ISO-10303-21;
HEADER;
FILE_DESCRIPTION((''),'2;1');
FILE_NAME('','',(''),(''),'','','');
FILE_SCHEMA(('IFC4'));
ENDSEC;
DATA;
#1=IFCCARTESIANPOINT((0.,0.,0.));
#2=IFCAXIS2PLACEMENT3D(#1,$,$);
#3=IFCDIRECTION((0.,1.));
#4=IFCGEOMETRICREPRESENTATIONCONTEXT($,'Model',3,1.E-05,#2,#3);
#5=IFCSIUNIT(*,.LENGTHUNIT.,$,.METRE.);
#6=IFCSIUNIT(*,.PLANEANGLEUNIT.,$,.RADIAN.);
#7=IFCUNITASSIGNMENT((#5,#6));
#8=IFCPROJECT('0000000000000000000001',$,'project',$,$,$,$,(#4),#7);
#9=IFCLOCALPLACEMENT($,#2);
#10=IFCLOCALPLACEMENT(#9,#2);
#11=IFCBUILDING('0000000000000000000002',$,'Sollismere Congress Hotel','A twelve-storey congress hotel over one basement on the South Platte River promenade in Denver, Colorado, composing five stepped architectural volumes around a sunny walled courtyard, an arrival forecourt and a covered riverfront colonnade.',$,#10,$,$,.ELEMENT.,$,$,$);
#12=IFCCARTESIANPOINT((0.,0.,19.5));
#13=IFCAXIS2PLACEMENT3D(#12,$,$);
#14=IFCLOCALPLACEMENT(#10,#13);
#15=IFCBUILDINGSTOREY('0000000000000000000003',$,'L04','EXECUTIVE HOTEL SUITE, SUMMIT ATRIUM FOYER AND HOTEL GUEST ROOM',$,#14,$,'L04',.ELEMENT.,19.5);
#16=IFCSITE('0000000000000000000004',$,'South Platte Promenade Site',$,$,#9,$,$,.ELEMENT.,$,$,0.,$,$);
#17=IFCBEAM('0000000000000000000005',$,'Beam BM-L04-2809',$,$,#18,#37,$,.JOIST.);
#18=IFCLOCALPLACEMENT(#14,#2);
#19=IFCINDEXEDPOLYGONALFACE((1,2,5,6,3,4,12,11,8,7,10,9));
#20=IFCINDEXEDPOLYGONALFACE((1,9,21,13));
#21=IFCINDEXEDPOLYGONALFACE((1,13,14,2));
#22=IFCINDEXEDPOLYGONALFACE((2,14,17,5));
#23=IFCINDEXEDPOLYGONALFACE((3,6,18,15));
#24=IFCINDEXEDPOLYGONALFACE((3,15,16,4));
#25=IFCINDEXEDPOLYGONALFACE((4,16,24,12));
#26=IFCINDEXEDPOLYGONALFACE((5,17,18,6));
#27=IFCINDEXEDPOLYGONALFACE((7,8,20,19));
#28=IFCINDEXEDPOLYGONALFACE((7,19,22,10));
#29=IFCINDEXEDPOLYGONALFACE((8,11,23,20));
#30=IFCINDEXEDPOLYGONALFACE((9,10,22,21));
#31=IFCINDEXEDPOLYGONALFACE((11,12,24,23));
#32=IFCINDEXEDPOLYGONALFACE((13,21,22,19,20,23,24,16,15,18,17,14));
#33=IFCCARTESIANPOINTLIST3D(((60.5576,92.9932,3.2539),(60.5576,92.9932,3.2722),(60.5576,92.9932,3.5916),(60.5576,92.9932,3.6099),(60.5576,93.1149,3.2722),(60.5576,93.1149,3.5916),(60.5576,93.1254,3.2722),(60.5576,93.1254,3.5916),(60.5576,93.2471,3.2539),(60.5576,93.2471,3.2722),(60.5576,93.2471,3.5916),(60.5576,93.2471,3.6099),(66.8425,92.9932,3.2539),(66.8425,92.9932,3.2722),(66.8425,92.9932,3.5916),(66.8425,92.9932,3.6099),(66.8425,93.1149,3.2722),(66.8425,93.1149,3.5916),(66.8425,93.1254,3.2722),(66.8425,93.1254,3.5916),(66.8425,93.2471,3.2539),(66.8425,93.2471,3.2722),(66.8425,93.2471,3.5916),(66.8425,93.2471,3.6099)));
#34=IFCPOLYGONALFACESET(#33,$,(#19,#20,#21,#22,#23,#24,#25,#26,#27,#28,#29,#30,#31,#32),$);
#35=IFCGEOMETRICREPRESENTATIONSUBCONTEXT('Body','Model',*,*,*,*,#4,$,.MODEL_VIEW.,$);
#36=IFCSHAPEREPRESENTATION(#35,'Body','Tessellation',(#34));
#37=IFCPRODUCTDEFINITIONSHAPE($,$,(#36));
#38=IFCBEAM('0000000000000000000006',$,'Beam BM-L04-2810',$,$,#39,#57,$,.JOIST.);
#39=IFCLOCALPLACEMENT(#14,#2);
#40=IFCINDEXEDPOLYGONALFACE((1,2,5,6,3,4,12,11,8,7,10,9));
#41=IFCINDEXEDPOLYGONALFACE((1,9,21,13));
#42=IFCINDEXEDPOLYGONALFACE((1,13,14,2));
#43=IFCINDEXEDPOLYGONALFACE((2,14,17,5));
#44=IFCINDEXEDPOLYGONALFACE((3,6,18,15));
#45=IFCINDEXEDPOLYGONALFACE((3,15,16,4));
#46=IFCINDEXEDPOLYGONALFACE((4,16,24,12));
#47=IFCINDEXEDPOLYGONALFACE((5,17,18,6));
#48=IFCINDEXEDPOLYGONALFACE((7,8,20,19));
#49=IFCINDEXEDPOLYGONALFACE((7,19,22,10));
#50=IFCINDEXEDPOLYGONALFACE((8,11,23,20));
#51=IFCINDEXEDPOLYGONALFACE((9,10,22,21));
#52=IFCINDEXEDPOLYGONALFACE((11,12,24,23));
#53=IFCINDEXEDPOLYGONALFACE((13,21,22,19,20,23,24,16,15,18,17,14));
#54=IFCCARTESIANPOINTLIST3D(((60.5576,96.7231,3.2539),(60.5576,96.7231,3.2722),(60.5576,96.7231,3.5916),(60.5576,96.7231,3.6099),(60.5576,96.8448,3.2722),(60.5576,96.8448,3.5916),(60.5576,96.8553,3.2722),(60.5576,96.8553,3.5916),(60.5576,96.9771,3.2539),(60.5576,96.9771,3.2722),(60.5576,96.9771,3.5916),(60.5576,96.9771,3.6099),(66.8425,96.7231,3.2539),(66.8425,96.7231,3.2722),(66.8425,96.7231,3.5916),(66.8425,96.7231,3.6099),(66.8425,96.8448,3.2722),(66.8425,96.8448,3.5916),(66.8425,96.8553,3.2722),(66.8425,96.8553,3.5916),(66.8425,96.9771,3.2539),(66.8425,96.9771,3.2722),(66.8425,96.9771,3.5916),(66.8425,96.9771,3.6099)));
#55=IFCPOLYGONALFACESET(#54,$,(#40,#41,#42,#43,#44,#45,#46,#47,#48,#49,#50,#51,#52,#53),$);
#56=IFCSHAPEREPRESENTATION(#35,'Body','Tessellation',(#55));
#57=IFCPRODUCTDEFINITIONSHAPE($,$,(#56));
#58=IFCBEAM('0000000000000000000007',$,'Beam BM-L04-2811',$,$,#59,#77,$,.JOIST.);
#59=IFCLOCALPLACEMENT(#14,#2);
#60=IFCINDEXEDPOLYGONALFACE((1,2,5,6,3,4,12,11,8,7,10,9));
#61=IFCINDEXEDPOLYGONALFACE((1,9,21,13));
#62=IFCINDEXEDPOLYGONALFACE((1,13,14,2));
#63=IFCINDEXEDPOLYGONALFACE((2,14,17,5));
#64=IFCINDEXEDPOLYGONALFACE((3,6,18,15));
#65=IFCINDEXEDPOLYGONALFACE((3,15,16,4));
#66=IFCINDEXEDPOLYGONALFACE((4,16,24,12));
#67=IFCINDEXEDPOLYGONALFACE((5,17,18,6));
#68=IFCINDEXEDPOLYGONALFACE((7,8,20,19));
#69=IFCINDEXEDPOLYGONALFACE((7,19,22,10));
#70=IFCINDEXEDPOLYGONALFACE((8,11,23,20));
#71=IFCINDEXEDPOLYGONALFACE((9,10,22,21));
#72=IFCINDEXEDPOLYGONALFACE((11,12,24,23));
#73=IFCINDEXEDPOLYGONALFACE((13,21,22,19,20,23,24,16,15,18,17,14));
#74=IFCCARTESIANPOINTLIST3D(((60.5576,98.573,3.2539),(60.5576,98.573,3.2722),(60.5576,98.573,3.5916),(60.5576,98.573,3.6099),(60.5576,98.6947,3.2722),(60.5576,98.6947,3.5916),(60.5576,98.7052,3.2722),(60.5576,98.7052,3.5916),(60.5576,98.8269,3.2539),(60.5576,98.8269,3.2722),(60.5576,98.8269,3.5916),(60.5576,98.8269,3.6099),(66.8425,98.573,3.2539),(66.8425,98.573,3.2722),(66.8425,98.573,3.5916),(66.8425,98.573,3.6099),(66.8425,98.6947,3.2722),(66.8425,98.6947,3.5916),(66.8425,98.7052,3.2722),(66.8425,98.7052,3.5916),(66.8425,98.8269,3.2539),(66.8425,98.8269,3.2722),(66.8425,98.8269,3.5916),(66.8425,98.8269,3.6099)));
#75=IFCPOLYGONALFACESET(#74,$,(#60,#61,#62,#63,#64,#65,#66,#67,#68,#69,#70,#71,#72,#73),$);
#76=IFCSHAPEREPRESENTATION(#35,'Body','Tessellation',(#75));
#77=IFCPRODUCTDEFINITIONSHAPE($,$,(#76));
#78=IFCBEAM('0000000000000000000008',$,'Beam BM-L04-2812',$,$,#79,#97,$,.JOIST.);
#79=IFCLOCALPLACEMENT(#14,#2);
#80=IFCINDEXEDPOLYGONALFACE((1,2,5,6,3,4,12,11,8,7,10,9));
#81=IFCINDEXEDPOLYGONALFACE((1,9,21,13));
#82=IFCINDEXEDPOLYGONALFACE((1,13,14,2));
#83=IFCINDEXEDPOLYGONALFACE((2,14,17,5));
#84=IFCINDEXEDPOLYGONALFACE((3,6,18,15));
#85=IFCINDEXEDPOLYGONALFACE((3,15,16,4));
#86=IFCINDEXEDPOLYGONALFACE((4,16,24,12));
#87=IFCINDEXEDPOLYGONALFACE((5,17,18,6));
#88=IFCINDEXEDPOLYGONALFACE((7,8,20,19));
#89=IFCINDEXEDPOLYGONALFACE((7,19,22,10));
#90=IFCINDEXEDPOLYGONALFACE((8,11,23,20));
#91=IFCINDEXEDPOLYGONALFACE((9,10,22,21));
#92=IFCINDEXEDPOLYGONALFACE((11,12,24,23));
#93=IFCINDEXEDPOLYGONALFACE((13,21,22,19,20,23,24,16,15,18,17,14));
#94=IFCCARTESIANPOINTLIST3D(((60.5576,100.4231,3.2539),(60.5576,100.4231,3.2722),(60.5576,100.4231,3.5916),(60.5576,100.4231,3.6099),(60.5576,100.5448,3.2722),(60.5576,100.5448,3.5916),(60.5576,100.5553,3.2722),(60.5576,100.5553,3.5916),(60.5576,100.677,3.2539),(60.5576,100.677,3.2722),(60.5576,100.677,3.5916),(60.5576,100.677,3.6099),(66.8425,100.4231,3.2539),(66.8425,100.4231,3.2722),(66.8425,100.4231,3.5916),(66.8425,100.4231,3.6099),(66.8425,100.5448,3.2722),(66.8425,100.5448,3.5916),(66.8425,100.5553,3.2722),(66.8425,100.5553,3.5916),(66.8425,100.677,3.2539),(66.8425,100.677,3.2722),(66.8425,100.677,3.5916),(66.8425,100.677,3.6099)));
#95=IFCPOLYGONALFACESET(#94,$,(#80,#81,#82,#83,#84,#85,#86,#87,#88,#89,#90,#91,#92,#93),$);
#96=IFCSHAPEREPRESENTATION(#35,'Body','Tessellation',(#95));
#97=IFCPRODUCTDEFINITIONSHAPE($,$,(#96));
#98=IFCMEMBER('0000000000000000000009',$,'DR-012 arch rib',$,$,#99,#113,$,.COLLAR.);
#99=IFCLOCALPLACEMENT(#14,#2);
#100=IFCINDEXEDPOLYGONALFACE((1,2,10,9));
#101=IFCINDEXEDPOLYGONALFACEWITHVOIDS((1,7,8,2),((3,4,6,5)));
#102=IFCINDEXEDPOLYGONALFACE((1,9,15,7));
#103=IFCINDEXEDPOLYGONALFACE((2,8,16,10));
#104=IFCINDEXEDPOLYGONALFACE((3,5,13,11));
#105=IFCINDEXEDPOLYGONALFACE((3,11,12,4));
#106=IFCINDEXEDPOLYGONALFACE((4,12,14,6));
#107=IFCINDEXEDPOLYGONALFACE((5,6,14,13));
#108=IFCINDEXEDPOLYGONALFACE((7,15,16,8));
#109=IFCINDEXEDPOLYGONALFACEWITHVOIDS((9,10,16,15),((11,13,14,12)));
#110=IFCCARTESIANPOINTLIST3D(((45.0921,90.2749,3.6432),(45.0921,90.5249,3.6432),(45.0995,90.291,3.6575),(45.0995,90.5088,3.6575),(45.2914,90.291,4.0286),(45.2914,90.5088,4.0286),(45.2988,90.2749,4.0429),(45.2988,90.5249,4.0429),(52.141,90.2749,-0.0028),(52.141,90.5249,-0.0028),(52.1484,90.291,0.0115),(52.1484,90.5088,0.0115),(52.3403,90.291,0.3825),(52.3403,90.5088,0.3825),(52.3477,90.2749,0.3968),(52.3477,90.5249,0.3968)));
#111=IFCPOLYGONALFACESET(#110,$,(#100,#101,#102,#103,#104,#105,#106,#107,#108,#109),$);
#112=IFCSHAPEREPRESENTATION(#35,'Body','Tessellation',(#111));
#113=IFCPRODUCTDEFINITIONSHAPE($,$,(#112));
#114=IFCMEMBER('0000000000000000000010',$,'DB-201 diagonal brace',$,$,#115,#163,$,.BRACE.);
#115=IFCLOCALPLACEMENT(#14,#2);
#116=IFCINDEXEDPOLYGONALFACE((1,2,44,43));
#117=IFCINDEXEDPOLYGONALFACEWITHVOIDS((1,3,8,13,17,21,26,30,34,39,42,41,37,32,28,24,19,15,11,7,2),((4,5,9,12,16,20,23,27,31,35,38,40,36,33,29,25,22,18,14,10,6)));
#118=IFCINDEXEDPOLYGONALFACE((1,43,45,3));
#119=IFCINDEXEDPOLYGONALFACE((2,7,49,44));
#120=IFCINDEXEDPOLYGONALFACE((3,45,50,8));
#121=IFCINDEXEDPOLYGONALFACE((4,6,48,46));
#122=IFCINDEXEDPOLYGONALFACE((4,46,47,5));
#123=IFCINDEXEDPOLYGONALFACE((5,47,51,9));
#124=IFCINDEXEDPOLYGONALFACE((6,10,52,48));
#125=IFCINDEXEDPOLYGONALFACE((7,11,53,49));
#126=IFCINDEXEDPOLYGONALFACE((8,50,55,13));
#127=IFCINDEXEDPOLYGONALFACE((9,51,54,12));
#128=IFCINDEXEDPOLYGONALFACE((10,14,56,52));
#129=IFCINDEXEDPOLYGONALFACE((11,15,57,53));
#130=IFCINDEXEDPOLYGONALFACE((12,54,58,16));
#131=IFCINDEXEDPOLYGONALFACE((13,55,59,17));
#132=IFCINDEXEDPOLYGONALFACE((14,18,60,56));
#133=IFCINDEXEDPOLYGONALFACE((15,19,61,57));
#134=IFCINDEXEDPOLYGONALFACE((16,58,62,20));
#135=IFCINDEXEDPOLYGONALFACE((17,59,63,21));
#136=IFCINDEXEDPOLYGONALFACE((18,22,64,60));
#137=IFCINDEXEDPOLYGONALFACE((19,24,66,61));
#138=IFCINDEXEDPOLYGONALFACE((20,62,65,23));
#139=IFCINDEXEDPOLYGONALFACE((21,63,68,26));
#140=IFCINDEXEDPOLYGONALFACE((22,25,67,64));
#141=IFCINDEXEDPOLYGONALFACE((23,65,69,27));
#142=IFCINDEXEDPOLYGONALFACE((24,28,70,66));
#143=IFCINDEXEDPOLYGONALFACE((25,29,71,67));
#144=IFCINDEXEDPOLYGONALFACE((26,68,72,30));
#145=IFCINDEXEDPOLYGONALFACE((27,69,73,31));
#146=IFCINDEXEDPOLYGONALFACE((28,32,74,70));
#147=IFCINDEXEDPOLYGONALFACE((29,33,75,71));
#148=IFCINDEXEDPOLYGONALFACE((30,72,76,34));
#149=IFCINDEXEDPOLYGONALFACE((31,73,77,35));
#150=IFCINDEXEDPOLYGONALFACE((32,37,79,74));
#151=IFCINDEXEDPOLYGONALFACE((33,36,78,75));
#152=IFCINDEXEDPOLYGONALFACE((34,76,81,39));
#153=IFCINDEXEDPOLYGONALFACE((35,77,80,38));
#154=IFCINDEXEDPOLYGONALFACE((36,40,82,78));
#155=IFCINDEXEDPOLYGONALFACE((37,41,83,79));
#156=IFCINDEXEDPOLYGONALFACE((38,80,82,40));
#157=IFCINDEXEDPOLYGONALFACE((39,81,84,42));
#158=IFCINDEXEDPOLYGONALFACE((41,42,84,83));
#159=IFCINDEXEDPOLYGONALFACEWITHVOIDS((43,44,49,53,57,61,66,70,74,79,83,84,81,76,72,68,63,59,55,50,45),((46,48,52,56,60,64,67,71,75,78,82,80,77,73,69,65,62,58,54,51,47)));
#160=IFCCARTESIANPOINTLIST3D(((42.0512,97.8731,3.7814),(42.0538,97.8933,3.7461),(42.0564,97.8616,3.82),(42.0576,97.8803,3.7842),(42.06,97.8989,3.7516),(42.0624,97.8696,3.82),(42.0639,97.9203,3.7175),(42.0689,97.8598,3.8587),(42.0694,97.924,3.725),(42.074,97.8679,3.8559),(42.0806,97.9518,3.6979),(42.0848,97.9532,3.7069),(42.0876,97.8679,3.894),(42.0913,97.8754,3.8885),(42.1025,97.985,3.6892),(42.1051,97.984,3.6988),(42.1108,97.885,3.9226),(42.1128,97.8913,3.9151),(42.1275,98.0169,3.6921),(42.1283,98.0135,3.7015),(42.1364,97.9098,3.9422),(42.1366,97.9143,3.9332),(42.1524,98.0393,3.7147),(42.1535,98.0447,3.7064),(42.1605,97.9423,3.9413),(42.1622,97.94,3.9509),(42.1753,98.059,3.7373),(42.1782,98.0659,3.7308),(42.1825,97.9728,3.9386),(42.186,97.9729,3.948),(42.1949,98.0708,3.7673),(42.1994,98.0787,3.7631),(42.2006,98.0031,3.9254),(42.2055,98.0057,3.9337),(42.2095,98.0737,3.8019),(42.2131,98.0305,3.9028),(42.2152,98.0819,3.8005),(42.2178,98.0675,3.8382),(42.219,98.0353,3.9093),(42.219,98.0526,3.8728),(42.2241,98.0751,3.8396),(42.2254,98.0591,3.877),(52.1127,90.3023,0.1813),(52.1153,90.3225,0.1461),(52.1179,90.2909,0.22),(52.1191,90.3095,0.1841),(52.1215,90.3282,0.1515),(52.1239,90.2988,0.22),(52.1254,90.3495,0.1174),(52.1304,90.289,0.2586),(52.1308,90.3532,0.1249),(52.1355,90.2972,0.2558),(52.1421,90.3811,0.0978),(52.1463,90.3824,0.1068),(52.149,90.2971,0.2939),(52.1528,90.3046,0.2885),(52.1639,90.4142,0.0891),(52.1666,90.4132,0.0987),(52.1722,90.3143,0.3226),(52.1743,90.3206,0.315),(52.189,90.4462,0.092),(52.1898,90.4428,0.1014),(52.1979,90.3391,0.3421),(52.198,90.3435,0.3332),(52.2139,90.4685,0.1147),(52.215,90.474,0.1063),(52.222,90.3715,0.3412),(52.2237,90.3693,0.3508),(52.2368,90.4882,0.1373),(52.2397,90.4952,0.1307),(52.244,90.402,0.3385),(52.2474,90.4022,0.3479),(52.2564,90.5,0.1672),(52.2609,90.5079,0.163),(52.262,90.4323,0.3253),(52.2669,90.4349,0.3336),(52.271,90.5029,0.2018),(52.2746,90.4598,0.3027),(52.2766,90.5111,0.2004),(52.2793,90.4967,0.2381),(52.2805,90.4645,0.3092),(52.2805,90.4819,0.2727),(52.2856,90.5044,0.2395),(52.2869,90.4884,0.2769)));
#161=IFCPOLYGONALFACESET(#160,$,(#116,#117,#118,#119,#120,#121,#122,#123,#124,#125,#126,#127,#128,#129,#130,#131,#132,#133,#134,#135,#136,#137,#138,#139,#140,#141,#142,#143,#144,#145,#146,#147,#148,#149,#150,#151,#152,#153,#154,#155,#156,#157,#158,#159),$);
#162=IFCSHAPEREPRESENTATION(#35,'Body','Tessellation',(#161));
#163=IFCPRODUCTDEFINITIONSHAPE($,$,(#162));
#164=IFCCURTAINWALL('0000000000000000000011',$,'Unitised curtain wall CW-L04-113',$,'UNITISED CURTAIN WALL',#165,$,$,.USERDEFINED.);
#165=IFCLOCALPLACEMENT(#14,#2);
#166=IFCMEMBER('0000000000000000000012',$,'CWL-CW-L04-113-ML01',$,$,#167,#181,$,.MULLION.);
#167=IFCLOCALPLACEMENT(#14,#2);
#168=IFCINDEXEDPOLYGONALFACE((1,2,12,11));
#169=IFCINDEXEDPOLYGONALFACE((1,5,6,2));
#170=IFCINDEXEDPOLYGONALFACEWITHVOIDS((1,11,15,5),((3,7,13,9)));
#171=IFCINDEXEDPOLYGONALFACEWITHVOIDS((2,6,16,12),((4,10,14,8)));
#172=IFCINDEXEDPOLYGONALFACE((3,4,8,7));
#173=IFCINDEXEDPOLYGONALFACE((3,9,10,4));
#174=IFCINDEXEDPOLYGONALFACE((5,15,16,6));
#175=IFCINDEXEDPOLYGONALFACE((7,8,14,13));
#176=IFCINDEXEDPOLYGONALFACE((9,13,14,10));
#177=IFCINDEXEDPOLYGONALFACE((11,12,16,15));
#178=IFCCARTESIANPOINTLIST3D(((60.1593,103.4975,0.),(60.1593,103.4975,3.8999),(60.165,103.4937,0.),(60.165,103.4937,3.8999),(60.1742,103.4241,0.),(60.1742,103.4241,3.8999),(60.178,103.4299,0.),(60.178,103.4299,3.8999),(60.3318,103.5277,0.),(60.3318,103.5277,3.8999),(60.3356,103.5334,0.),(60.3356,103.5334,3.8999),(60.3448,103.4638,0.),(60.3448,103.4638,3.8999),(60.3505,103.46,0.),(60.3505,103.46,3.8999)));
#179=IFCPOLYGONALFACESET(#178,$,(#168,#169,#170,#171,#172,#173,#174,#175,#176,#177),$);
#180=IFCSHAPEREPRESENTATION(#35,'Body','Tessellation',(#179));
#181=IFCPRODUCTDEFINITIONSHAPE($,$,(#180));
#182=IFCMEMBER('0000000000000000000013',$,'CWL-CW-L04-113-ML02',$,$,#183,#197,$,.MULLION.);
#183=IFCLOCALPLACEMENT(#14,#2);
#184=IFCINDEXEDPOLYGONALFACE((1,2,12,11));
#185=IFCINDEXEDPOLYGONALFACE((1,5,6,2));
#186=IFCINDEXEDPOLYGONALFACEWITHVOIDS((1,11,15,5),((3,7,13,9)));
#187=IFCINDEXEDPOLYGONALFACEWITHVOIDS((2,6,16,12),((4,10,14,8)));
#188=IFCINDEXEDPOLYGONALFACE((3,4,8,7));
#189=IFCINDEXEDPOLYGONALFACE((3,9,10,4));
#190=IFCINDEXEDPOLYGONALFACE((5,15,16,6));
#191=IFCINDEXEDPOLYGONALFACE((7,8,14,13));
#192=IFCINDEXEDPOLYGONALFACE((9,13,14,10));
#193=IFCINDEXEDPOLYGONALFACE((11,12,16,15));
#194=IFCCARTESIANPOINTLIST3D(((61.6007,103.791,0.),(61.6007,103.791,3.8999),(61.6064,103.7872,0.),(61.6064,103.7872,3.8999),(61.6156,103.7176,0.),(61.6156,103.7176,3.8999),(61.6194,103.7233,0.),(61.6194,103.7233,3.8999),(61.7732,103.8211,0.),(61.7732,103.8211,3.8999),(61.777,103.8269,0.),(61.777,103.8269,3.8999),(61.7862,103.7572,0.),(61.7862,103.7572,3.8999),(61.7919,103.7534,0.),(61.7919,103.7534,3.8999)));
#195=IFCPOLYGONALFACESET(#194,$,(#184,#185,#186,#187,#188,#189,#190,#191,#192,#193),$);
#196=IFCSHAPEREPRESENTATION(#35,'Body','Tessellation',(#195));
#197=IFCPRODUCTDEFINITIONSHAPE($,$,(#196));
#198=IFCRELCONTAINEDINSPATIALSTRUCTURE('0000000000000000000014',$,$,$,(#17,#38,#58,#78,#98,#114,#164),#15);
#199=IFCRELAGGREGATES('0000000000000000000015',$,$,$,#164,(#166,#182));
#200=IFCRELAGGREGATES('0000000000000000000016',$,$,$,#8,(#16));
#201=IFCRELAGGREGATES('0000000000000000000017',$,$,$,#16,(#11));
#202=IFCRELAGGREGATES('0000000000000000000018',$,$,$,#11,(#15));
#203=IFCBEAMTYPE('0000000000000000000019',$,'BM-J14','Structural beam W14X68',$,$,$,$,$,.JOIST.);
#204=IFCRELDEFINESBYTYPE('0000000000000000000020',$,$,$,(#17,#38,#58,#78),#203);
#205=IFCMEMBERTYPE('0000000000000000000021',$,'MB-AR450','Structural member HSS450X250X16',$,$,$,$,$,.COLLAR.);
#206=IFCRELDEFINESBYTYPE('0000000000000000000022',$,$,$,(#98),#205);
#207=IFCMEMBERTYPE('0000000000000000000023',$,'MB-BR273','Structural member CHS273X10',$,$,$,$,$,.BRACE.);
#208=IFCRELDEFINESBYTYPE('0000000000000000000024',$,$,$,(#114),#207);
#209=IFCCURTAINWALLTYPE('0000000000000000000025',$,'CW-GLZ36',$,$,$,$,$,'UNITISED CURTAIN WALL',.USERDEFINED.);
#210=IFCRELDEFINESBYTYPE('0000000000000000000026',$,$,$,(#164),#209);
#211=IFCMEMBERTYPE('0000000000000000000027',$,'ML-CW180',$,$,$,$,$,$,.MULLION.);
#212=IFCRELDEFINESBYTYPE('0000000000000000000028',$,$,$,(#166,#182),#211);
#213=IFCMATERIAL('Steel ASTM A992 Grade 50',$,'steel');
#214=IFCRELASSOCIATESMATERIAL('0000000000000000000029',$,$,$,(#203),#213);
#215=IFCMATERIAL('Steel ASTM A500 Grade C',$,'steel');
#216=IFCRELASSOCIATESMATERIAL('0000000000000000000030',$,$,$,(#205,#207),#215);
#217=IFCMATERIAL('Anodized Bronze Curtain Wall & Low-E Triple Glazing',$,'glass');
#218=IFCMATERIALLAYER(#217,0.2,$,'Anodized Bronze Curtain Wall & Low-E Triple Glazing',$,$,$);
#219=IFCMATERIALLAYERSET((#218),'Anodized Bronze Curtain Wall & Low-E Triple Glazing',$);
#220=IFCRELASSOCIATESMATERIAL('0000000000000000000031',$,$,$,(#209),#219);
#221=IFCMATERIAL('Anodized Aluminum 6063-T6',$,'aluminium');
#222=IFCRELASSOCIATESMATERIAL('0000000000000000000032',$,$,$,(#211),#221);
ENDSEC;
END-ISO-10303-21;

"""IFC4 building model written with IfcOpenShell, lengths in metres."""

from ifc_helpers import new_model, si_unit, direction, frame, origin, origin_2d, place, context, subcontext, project, spatial, hollow_rectangle, hollow_circle, i_section, extrude, material, layer, layer_set, material_profile, profile_set, type_object, element, aggregate, save


model = new_model("IFC4")

# Units and contexts
model_context = context("Model", 3, precision=1e-05, world=origin(), true_north=direction((0.0, 1.0)))
body_context = subcontext(model_context, "Body", "Model", "MODEL_VIEW")
ifc_project = project(units=[si_unit("LENGTHUNIT", "METRE"), si_unit("PLANEANGLEUNIT", "RADIAN")], contexts=[model_context])

# Site, building, storey
site_placement = place(None, origin())
site = spatial("IfcSite", under=ifc_project, at=site_placement, Name="South Platte Promenade Site", CompositionType="ELEMENT", RefElevation=0.0)
building_placement = place(site_placement, origin())
building = spatial("IfcBuilding", under=site, at=building_placement, Name="Sollismere Congress Hotel", Description="A twelve-storey congress hotel over one basement on the South Platte River promenade in Denver, Colorado, composing five stepped architectural volumes around a sunny walled courtyard, an arrival forecourt and a covered riverfront colonnade.", CompositionType="ELEMENT")
storey_placement = place(building_placement, frame((0.0, 0.0, 19.5)))
storey = spatial("IfcBuildingStorey", under=building, at=storey_placement, Name="L04", Description="EXECUTIVE HOTEL SUITE, SUMMIT ATRIUM FOYER AND HOTEL GUEST ROOM", LongName="L04", CompositionType="ELEMENT", Elevation=19.5)

# Shared definitions
ifc_material_1 = material(Name="Steel ASTM A992 Grade 50", Category="steel")

# Beams
ifc_material_profile_1 = material_profile(ifc_material_1, i_section(OverallWidth=0.2539, OverallDepth=0.356, WebThickness=0.0105, FlangeThickness=0.0183, at=origin_2d()), Name="W14X68")
ifc_profile_set_1 = profile_set([ifc_material_profile_1], Name="Steel ASTM A992 Grade 50")
beam_type_1 = type_object("IfcBeamType", Name="BM-J14", Description="Structural beam W14X68", PredefinedType="JOIST", material=ifc_profile_set_1)
for number, where, z_axis, x_axis, name in (
    (1, (60.5576, 93.1201, 3.4319), (1.0, 0.0, 0.0), (0.0, 1.0, 0.0), "Beam BM-L04-2809"),
    (2, (60.5576, 96.8501, 3.4319), (1.0, 0.0, 0.0), (0.0, 1.0, 0.0), "Beam BM-L04-2810"),
    (3, (60.5576, 98.7, 3.4319), (1.0, 0.0, 0.0), (0.0, 1.0, 0.0), "Beam BM-L04-2811"),
    (4, (60.5576, 100.55, 3.4319), (1.0, 0.0, 0.0), (0.0, 1.0, 0.0), "Beam BM-L04-2812"),
):
    element("IfcBeam", number, at=place(storey_placement, frame(where, z_axis=z_axis, x_axis=x_axis)), inside=storey, type_object=beam_type_1, Name=name, PredefinedType="JOIST", context=body_context, shape_type="SweptSolid", body=[
        extrude(i_section(OverallWidth=0.2539, OverallDepth=0.356, WebThickness=0.0105, FlangeThickness=0.0183, at=origin_2d()), origin(), (0.0, 0.0, 1.0), 6.2849),
    ])

# Members
ifc_material_2 = material(Name="Steel ASTM A500 Grade C", Category="steel")
ifc_material_profile_2 = material_profile(ifc_material_2, hollow_rectangle(XDim=0.25, YDim=0.45, WallThickness=0.0161, at=origin_2d()), Name="HSS450X250X16")
ifc_profile_set_2 = profile_set([ifc_material_profile_2], Name="Steel ASTM A500 Grade C")
member_type_1 = type_object("IfcMemberType", Name="MB-AR450", Description="Structural member HSS450X250X16", PredefinedType="COLLAR", material=ifc_profile_set_2)
member_1_placement = place(storey_placement, frame((52.2444, 90.3999, 0.197), z_axis=(-0.888215, 0.0, 0.459428), x_axis=(0.0, -1.0, 0.0)))
element("IfcMember", 5, at=member_1_placement, inside=storey, type_object=member_type_1, Name="DR-012 arch rib", PredefinedType="COLLAR", context=body_context, shape_type="SweptSolid", body=[
    extrude(hollow_rectangle(XDim=0.25, YDim=0.45, WallThickness=0.0161, at=origin_2d()), origin(), (0.0, 0.0, 1.0), 7.936),
])
ifc_material_profile_3 = material_profile(ifc_material_2, hollow_circle(Radius=0.1365, WallThickness=0.01, at=origin_2d()), Name="CHS273X10")
ifc_profile_set_3 = profile_set([ifc_material_profile_3], Name="Steel ASTM A500 Grade C")
member_type_2 = type_object("IfcMemberType", Name="MB-BR273", Description="Structural member CHS273X10", PredefinedType="BRACE", material=ifc_profile_set_3)
member_2_placement = place(storey_placement, frame((52.2, 90.3999, 0.22), z_axis=(-0.768275, 0.578089, 0.274895), x_axis=(-0.601253, -0.799059, 0.0)))
element("IfcMember", 6, at=member_2_placement, inside=storey, type_object=member_type_2, Name="DB-201 diagonal brace", PredefinedType="BRACE", context=body_context, shape_type="SweptSolid", body=[
    extrude(hollow_circle(Radius=0.1365, WallThickness=0.01, at=origin_2d()), origin(), (0.0, 0.0, 1.0), 13.0962),
])

# Curtain wall, members
ifc_material_3 = material(Name="Anodized Bronze Curtain Wall & Low-E Triple Glazing", Category="glass")
ifc_layer_1 = layer(ifc_material_3, 0.2, Name="Anodized Bronze Curtain Wall & Low-E Triple Glazing")
ifc_layer_set_1 = layer_set([ifc_layer_1], Name="Anodized Bronze Curtain Wall & Low-E Triple Glazing")
curtain_wall_type = type_object("IfcCurtainWallType", Name="CW-GLZ36", ElementType="UNITISED CURTAIN WALL", PredefinedType="USERDEFINED", material=ifc_layer_set_1)
curtain_wall_1_placement = place(storey_placement, origin())
curtain_wall_1 = element("IfcCurtainWall", 7, at=curtain_wall_1_placement, inside=storey, type_object=curtain_wall_type, Name="Unitised curtain wall CW-L04-113", ObjectType="UNITISED CURTAIN WALL", PredefinedType="USERDEFINED")
ifc_material_4 = material(Name="Anodized Aluminum 6063-T6", Category="aluminium")
ifc_material_profile_4 = material_profile(ifc_material_4, hollow_rectangle(XDim=0.075, YDim=0.1799, WallThickness=0.0049, at=origin_2d()), Name="ALU180X75X5")
ifc_profile_set_4 = profile_set([ifc_material_profile_4], Name="Anodized Aluminum 6063-T6")
member_type_3 = type_object("IfcMemberType", Name="ML-CW180", PredefinedType="MULLION", material=ifc_profile_set_4)
member_3_placement = place(storey_placement, frame((60.2549, 103.4788, 0.0), z_axis=(0.0, 0.0, 1.0), x_axis=(-0.199368, 0.979925, 0.0)))
member_3 = element("IfcMember", 8, at=member_3_placement, type_object=member_type_3, Name="CWL-CW-L04-113-ML01", PredefinedType="MULLION", context=body_context, shape_type="SweptSolid", body=[
    extrude(hollow_rectangle(XDim=0.075, YDim=0.1799, WallThickness=0.0049, at=origin_2d()), origin(), (0.0, 0.0, 1.0), 3.8999),
])
member_4_placement = place(storey_placement, frame((61.6963, 103.7722, 0.0), z_axis=(0.0, 0.0, 1.0), x_axis=(-0.199368, 0.979925, 0.0)))
member_4 = element("IfcMember", 9, at=member_4_placement, type_object=member_type_3, Name="CWL-CW-L04-113-ML02", PredefinedType="MULLION", context=body_context, shape_type="SweptSolid", body=[
    extrude(hollow_rectangle(XDim=0.075, YDim=0.1799, WallThickness=0.0049, at=origin_2d()), origin(), (0.0, 0.0, 1.0), 3.8999),
])

aggregate(curtain_wall_1, [member_3, member_4])

save(model, "model.ifc")
